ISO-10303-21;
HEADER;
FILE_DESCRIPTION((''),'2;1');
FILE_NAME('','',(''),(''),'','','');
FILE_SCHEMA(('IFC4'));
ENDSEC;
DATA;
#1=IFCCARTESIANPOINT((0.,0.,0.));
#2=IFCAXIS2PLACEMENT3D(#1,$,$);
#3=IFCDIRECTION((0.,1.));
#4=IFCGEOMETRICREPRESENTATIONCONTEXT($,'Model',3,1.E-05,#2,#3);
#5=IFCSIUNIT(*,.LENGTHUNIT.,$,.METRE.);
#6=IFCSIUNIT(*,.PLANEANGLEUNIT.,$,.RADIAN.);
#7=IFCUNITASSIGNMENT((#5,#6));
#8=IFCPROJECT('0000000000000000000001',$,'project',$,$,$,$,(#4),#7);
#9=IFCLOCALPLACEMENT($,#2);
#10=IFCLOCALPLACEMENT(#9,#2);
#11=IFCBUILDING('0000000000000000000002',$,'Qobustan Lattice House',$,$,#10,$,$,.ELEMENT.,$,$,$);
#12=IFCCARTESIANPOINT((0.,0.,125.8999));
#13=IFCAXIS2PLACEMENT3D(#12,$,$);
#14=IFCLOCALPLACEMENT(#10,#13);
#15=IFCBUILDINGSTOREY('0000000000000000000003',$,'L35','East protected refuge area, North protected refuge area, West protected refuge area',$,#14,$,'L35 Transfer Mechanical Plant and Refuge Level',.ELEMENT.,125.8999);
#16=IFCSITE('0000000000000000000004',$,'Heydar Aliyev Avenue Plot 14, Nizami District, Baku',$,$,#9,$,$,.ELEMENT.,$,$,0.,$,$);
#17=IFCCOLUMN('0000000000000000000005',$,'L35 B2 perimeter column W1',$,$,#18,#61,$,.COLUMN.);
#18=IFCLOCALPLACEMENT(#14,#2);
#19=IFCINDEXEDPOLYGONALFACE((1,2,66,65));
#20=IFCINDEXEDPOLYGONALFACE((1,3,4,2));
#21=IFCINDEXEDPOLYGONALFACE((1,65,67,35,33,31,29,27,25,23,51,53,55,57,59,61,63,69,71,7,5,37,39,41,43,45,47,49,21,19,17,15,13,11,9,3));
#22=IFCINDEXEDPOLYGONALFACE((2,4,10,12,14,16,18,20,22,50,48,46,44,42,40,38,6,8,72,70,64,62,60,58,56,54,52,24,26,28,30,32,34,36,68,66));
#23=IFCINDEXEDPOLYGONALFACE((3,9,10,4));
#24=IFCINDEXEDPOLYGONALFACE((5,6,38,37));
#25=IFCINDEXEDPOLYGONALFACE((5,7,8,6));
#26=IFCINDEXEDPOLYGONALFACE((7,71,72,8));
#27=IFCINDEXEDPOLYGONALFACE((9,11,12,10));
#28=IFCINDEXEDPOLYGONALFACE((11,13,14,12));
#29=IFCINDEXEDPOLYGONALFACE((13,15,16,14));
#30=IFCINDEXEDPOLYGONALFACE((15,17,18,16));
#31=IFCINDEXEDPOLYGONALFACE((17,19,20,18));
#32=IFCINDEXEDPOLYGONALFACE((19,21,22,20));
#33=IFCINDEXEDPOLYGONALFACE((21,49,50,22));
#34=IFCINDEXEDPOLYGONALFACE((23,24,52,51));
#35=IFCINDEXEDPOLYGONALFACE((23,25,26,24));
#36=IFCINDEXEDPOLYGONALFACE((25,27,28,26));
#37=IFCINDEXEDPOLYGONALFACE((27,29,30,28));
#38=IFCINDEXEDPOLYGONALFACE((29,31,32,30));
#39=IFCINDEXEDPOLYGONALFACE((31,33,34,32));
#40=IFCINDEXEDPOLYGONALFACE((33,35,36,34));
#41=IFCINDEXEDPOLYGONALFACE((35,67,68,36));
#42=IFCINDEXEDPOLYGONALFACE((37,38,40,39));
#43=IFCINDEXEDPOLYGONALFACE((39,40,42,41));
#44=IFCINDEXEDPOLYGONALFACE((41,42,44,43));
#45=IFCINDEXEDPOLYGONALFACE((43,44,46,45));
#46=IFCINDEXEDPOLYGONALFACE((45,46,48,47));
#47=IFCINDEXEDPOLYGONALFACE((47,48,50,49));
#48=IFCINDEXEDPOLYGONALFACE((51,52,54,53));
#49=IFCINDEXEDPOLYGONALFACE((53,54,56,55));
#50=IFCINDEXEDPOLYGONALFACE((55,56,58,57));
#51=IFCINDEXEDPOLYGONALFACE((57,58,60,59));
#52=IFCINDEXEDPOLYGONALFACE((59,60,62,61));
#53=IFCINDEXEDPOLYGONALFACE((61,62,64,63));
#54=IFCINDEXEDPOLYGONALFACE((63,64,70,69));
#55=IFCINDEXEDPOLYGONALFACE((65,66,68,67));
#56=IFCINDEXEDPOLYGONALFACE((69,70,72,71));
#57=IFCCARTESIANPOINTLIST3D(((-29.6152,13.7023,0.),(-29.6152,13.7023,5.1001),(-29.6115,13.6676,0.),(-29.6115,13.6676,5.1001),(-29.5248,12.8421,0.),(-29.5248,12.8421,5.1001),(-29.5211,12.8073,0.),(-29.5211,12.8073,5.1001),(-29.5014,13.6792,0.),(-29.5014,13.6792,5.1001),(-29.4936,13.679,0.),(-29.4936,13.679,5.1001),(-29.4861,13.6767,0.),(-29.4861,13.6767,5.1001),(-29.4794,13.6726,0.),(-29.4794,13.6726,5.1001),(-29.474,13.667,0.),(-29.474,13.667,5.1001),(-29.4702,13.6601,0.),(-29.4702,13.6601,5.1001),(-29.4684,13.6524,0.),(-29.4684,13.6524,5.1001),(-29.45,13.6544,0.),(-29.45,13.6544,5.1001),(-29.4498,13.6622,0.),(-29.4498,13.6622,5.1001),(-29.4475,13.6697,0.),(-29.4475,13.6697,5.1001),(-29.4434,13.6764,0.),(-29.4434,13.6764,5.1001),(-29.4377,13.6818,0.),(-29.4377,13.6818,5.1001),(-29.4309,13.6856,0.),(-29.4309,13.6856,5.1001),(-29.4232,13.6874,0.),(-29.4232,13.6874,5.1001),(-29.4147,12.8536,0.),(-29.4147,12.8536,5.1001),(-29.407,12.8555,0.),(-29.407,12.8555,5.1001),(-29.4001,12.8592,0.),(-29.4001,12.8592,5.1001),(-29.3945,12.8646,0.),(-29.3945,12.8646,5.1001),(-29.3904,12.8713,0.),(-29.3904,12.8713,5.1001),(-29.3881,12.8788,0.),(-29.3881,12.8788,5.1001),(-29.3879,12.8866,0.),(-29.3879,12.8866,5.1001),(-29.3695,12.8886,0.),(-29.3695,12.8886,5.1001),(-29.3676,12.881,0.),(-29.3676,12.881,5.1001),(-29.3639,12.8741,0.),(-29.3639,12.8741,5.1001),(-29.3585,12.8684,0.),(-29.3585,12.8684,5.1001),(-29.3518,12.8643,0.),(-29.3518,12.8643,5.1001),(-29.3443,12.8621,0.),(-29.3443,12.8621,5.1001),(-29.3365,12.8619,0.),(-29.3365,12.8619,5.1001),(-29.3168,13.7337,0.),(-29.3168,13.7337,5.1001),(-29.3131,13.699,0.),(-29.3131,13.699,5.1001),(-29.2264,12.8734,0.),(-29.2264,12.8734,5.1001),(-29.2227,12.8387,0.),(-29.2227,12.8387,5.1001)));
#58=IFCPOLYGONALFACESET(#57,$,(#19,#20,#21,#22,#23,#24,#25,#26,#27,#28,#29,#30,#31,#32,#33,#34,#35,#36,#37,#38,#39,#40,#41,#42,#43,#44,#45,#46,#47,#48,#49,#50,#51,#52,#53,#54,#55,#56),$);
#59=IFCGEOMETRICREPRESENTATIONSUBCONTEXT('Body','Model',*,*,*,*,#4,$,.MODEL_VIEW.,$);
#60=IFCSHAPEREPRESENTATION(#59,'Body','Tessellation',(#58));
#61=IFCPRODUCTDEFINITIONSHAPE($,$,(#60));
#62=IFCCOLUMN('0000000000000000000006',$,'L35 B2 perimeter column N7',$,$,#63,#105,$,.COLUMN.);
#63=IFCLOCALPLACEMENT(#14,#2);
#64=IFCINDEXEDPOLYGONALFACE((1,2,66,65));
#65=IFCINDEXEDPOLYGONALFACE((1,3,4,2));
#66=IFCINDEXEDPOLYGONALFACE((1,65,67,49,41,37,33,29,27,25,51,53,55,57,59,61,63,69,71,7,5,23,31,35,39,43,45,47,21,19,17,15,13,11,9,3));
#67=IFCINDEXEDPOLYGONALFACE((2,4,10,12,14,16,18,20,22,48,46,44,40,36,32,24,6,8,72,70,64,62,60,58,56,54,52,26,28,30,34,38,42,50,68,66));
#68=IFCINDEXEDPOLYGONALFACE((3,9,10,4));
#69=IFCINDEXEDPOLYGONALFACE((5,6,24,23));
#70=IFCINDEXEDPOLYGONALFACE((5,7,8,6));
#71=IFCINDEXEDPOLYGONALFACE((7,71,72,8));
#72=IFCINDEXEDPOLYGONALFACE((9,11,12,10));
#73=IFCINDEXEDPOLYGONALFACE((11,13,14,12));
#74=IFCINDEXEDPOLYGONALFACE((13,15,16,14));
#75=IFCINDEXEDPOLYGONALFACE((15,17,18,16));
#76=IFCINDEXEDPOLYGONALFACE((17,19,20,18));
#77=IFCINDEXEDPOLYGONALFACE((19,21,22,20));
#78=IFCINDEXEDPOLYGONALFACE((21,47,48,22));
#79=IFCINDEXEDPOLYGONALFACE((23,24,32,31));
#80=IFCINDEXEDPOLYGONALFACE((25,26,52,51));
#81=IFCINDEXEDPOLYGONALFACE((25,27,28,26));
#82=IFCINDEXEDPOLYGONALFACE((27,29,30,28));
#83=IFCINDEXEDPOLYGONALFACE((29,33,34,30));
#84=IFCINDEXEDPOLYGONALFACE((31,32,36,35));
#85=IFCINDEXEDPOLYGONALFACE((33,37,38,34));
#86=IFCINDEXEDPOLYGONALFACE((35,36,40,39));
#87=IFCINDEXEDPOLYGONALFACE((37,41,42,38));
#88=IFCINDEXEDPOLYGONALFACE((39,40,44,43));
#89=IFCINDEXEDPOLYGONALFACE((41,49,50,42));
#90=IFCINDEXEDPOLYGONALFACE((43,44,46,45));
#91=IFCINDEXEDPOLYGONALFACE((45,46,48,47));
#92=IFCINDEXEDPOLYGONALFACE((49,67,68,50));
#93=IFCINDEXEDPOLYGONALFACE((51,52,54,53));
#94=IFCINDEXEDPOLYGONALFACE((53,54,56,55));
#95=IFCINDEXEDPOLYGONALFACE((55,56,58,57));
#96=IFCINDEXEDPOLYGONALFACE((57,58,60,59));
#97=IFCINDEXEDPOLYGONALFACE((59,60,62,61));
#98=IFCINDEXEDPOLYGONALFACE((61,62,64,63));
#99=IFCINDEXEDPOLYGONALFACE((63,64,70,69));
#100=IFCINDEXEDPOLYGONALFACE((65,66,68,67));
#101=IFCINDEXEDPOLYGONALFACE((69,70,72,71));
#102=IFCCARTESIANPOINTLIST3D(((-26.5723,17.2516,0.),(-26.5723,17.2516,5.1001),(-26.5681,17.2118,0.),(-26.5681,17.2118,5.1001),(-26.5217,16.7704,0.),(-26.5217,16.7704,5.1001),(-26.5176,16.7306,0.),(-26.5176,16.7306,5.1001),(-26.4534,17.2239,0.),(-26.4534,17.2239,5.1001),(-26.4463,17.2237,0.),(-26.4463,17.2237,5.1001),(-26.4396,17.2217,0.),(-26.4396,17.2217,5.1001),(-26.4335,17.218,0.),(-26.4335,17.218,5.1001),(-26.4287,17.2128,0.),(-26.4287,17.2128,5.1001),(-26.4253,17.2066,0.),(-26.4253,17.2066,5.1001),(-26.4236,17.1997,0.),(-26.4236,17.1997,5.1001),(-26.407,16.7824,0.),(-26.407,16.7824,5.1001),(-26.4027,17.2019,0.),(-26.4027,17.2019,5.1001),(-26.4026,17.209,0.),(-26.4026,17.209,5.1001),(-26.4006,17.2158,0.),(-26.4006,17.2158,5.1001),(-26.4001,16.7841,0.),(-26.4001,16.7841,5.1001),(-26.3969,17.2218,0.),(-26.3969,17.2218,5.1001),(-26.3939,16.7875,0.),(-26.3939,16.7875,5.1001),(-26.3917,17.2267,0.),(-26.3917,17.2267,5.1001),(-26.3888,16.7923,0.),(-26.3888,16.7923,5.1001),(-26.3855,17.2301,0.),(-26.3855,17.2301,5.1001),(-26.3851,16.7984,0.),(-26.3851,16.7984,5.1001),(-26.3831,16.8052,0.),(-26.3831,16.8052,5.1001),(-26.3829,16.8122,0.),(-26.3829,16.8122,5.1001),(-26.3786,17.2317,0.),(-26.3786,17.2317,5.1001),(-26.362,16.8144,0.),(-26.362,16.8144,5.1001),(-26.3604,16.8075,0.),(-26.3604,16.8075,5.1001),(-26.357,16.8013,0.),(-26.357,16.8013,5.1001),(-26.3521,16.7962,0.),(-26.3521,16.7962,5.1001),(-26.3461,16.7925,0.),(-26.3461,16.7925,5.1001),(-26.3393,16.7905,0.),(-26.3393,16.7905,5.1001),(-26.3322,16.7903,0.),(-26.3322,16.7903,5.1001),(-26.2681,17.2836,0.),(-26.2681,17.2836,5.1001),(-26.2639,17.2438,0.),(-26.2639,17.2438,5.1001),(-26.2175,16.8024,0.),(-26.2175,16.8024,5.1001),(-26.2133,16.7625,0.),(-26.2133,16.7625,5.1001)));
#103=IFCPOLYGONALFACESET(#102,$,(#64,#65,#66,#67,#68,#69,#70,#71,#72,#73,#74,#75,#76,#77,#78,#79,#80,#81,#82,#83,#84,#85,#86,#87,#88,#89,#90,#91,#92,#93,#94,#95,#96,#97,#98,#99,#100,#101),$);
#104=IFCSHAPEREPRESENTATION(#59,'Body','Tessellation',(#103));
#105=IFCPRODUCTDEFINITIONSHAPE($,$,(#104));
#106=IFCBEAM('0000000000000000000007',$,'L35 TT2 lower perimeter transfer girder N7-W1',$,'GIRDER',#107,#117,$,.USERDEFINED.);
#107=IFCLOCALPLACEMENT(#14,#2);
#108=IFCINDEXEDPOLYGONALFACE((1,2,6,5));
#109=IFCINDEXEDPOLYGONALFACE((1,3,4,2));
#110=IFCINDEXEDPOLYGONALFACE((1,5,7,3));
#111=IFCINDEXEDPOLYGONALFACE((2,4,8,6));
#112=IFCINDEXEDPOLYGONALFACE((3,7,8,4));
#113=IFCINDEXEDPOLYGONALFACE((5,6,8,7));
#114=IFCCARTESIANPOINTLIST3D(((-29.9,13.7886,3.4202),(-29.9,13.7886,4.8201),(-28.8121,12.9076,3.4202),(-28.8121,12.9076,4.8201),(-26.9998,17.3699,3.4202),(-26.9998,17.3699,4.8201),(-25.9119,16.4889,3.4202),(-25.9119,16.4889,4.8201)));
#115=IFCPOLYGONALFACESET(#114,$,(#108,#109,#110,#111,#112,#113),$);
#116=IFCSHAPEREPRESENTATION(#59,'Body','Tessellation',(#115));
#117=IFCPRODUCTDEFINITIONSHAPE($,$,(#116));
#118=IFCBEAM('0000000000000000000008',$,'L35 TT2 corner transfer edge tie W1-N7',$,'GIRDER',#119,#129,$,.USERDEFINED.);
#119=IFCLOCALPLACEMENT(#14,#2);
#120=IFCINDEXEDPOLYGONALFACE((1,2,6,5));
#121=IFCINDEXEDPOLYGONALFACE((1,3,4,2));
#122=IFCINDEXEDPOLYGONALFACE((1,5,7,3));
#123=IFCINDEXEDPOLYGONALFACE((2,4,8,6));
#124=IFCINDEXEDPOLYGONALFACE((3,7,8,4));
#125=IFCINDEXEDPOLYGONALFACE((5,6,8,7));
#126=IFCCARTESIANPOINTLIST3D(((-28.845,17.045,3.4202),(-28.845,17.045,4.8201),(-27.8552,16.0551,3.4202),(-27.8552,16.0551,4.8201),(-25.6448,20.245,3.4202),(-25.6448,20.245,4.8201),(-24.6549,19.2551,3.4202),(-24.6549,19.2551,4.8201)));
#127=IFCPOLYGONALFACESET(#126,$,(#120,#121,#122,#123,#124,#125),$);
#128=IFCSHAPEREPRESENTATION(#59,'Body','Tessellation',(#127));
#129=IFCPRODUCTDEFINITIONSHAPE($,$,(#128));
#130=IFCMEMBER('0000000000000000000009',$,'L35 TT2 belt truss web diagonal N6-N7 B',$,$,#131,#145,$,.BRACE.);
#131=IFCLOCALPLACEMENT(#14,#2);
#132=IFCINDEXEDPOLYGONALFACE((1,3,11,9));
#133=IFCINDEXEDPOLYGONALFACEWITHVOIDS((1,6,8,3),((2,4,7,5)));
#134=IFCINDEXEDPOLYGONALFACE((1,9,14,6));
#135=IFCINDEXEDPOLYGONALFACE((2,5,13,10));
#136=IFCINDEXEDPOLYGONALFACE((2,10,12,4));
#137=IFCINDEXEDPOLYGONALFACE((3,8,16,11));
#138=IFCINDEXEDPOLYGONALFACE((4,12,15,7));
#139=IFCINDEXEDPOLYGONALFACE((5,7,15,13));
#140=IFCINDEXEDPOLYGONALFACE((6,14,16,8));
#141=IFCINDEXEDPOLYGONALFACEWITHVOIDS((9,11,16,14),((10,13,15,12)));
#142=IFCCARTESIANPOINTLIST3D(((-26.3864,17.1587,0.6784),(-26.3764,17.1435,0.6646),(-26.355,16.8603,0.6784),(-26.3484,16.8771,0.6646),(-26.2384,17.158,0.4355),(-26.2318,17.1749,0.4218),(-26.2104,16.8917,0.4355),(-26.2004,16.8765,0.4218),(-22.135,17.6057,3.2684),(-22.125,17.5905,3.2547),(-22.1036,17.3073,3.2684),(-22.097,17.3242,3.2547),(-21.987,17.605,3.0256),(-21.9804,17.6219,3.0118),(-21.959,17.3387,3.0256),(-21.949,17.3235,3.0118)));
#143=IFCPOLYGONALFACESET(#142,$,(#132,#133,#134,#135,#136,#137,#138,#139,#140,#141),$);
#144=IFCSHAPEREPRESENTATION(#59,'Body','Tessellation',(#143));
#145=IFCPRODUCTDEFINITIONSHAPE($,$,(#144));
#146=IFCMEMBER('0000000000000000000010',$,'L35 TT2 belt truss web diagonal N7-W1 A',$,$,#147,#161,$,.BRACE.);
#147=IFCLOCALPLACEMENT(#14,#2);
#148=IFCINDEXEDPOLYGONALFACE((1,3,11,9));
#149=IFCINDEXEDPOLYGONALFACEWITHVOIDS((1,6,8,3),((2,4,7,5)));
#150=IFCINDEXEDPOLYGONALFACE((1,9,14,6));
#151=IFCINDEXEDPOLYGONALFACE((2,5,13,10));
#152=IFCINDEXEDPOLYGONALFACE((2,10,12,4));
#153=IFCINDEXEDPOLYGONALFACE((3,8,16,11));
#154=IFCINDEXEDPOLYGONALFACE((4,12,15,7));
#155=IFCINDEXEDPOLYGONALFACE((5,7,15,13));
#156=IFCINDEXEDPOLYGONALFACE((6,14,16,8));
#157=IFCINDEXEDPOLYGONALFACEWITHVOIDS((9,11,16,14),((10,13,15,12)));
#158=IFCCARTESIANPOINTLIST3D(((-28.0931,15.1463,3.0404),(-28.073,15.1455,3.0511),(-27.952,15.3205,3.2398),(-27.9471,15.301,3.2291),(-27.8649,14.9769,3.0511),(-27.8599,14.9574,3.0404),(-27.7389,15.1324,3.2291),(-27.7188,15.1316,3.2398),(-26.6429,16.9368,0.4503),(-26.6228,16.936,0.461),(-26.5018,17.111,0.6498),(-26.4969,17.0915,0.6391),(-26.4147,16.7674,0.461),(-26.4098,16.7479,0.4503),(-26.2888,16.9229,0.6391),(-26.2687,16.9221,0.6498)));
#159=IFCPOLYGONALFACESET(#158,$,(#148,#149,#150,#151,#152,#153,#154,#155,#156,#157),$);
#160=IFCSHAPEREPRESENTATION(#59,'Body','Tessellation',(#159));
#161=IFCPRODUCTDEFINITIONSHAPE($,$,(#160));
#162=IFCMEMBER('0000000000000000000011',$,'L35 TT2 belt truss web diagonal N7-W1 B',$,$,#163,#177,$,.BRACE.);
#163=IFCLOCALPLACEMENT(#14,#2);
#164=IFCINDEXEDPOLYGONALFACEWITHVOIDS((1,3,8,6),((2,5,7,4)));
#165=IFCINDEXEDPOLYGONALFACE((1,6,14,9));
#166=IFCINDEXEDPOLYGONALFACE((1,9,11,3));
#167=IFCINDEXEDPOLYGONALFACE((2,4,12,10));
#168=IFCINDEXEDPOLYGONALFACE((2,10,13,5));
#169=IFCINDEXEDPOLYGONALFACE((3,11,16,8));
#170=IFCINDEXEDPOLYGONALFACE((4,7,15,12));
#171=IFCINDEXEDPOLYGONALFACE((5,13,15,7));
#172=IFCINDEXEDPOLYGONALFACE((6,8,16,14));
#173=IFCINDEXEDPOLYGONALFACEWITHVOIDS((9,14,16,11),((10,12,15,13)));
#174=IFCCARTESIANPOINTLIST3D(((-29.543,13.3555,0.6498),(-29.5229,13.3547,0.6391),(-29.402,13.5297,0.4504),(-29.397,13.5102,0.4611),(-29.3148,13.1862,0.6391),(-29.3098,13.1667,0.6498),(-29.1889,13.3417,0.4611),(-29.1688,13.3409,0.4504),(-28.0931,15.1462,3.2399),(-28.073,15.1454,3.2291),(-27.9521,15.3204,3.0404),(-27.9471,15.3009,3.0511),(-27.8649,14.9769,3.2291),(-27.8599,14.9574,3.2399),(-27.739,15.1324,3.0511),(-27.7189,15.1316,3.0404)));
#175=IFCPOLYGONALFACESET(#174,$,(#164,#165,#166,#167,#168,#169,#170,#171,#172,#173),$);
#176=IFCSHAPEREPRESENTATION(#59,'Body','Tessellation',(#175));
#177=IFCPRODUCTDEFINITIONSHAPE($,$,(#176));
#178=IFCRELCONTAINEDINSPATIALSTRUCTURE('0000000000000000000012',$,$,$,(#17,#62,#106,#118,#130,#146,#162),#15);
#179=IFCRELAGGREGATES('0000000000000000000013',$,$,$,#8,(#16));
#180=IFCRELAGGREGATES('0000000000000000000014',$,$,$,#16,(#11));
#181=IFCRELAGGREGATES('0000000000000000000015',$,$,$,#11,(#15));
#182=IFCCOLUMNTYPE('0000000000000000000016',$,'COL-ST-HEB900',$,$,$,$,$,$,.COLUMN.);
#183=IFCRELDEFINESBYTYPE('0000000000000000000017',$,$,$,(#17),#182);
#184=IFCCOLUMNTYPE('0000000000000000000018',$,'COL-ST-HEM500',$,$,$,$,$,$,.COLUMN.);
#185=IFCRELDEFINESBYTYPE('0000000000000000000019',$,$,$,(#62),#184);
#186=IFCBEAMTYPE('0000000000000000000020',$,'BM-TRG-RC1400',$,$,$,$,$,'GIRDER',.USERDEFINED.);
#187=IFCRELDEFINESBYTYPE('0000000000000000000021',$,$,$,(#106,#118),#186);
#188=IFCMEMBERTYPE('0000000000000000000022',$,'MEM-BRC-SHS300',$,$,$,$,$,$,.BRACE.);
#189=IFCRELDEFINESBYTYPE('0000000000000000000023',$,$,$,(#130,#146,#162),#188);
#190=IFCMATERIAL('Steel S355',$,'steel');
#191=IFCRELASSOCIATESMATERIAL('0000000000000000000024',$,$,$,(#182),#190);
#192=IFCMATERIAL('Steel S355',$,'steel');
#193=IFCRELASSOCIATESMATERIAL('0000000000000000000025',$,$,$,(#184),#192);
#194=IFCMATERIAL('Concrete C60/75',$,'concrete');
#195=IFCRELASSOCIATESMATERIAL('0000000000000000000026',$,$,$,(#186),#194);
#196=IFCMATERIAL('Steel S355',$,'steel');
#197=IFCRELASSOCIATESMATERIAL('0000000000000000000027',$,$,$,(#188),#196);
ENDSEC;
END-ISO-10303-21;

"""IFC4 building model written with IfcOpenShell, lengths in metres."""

from ifc_helpers import new_model, si_unit, direction, frame, origin, origin_2d, place, context, subcontext, project, spatial, rectangle, hollow_rectangle, i_section, extrude, material, material_profile, profile_set, type_object, element, save


model = new_model("IFC4")

# Units and contexts
model_context = context("Model", 3, precision=1e-05, world=origin(), true_north=direction((0.0, 1.0)))
body_context = subcontext(model_context, "Body", "Model", "MODEL_VIEW")
ifc_project = project(units=[si_unit("LENGTHUNIT", "METRE"), si_unit("PLANEANGLEUNIT", "RADIAN")], contexts=[model_context])

# Site, building, storey
site_placement = place(None, origin())
site = spatial("IfcSite", under=ifc_project, at=site_placement, Name="Heydar Aliyev Avenue Plot 14, Nizami District, Baku", CompositionType="ELEMENT", RefElevation=0.0)
building_placement = place(site_placement, origin())
building = spatial("IfcBuilding", under=site, at=building_placement, Name="Qobustan Lattice House", CompositionType="ELEMENT")
storey_placement = place(building_placement, frame((0.0, 0.0, 125.8999)))
storey = spatial("IfcBuildingStorey", under=building, at=storey_placement, Name="L35", Description="East protected refuge area, North protected refuge area, West protected refuge area", LongName="L35 Transfer Mechanical Plant and Refuge Level", CompositionType="ELEMENT", Elevation=125.8999)

# Columns
ifc_material_1 = material(Name="Steel S355", Category="steel")
ifc_material_profile_1 = material_profile(ifc_material_1, i_section(OverallWidth=0.3, OverallDepth=0.8999, WebThickness=0.0186, FlangeThickness=0.0349, FilletRadius=0.03, at=origin_2d()), Name="HEB900")
ifc_profile_set_1 = profile_set([ifc_material_profile_1], Name="Steel S355")
column_type_1 = type_object("IfcColumnType", Name="COL-ST-HEB900", PredefinedType="COLUMN", material=ifc_profile_set_1)
column_1_placement = place(storey_placement, frame((-29.4189, 13.2705, 0.0), z_axis=(0.0, 0.0, 1.0), x_axis=(0.994522, 0.104528, 0.0)))
element("IfcColumn", 1, at=column_1_placement, inside=storey, type_object=column_type_1, Name="L35 B2 perimeter column W1", PredefinedType="COLUMN", context=body_context, shape_type="SweptSolid", body=[
    extrude(i_section(OverallWidth=0.3, OverallDepth=0.8999, WebThickness=0.0186, FlangeThickness=0.0349, FilletRadius=0.03, at=origin_2d()), origin(), (0.0, 0.0, 1.0), 5.1001),
])
ifc_material_2 = material(Name="Steel S355", Category="steel")
ifc_material_profile_2 = material_profile(ifc_material_2, i_section(OverallWidth=0.3059, OverallDepth=0.5239, WebThickness=0.021, FlangeThickness=0.04, FilletRadius=0.0271, at=origin_2d()), Name="HEM500")
ifc_profile_set_2 = profile_set([ifc_material_profile_2], Name="Steel S355")
column_type_2 = type_object("IfcColumnType", Name="COL-ST-HEM500", PredefinedType="COLUMN", material=ifc_profile_set_2)
column_2_placement = place(storey_placement, frame((-26.3928, 17.0071, 0.0), z_axis=(0.0, 0.0, 1.0), x_axis=(0.994522, 0.104528, 0.0)))
element("IfcColumn", 2, at=column_2_placement, inside=storey, type_object=column_type_2, Name="L35 B2 perimeter column N7", PredefinedType="COLUMN", context=body_context, shape_type="SweptSolid", body=[
    extrude(i_section(OverallWidth=0.3059, OverallDepth=0.5239, WebThickness=0.021, FlangeThickness=0.04, FilletRadius=0.0271, at=origin_2d()), origin(), (0.0, 0.0, 1.0), 5.1001),
])

# Beams
ifc_material_3 = material(Name="Concrete C60/75", Category="concrete")
ifc_material_profile_3 = material_profile(ifc_material_3, rectangle(XDim=1.3999, YDim=1.3999, at=origin_2d()), Name="RC1400x1400")
ifc_profile_set_3 = profile_set([ifc_material_profile_3], Name="Concrete C60/75")
beam_type = type_object("IfcBeamType", Name="BM-TRG-RC1400", ElementType="GIRDER", PredefinedType="USERDEFINED", material=ifc_profile_set_3)
beam_1_placement = place(storey_placement, frame((-26.4558, 16.9294, 4.1201), z_axis=(-0.629329, -0.777139, 0.0), x_axis=(0.777139, -0.629329, 0.0)))
element("IfcBeam", 3, at=beam_1_placement, inside=storey, type_object=beam_type, Name="L35 TT2 lower perimeter transfer girder N7-W1", ObjectType="GIRDER", PredefinedType="USERDEFINED", context=body_context, shape_type="SweptSolid", body=[
    extrude(rectangle(XDim=1.3999, YDim=1.3999, at=origin_2d()), origin(), (0.0, 0.0, 1.0), 4.6084),
])
beam_2_placement = place(storey_placement, frame((-28.3501, 16.55, 4.1201), z_axis=(0.707134, 0.70708, 0.0), x_axis=(-0.70708, 0.707134, 0.0)))
element("IfcBeam", 4, at=beam_2_placement, inside=storey, type_object=beam_type, Name="L35 TT2 corner transfer edge tie W1-N7", ObjectType="GIRDER", PredefinedType="USERDEFINED", context=body_context, shape_type="SweptSolid", body=[
    extrude(rectangle(XDim=1.3999, YDim=1.3999, at=origin_2d()), origin(), (0.0, 0.0, 1.0), 4.5256),
])

# Members
ifc_material_4 = material(Name="Steel S355", Category="steel")
ifc_material_profile_4 = material_profile(ifc_material_4, hollow_rectangle(XDim=0.3, YDim=0.3, WallThickness=0.0161, at=origin_2d()), Name="SHS300x300x16")
ifc_profile_set_4 = profile_set([ifc_material_profile_4], Name="Steel S355")
member_type_1 = type_object("IfcMemberType", Name="MEM-BRC-SHS300", PredefinedType="BRACE", material=ifc_profile_set_4)
member_1_placement = place(storey_placement, frame((-22.042, 17.4646, 3.1401), z_axis=(-0.850576, -0.089434, -0.51819), x_axis=(0.104569, -0.994518, 0.0)))
element("IfcMember", 5, at=member_1_placement, inside=storey, type_object=member_type_1, Name="L35 TT2 belt truss web diagonal N6-N7 B", PredefinedType="BRACE", context=body_context, shape_type="SweptSolid", body=[
    extrude(hollow_rectangle(XDim=0.3, YDim=0.3, WallThickness=0.0161, at=origin_2d()), origin(), (0.0, 0.0, 1.0), 4.9983),
])
for number, where, z_axis, x_axis, name in (
    (6, (-26.4558, 16.9294, 0.55), (-0.418328, -0.516502, 0.747146), (0.777092, -0.629387, 0.0), "L35 TT2 belt truss web diagonal N7-W1 A"),
    (7, (-27.906, 15.1389, 3.1401), (-0.418255, -0.516569, -0.747141), (0.777186, -0.629271, 0.0), "L35 TT2 belt truss web diagonal N7-W1 B"),
):
    element("IfcMember", number, at=place(storey_placement, frame(where, z_axis=z_axis, x_axis=x_axis)), inside=storey, type_object=member_type_1, Name=name, PredefinedType="BRACE", context=body_context, shape_type="SweptSolid", body=[
        extrude(hollow_rectangle(XDim=0.3, YDim=0.3, WallThickness=0.0161, at=origin_2d()), origin(), (0.0, 0.0, 1.0), 3.4666),
    ])

save(model, "model.ifc")
